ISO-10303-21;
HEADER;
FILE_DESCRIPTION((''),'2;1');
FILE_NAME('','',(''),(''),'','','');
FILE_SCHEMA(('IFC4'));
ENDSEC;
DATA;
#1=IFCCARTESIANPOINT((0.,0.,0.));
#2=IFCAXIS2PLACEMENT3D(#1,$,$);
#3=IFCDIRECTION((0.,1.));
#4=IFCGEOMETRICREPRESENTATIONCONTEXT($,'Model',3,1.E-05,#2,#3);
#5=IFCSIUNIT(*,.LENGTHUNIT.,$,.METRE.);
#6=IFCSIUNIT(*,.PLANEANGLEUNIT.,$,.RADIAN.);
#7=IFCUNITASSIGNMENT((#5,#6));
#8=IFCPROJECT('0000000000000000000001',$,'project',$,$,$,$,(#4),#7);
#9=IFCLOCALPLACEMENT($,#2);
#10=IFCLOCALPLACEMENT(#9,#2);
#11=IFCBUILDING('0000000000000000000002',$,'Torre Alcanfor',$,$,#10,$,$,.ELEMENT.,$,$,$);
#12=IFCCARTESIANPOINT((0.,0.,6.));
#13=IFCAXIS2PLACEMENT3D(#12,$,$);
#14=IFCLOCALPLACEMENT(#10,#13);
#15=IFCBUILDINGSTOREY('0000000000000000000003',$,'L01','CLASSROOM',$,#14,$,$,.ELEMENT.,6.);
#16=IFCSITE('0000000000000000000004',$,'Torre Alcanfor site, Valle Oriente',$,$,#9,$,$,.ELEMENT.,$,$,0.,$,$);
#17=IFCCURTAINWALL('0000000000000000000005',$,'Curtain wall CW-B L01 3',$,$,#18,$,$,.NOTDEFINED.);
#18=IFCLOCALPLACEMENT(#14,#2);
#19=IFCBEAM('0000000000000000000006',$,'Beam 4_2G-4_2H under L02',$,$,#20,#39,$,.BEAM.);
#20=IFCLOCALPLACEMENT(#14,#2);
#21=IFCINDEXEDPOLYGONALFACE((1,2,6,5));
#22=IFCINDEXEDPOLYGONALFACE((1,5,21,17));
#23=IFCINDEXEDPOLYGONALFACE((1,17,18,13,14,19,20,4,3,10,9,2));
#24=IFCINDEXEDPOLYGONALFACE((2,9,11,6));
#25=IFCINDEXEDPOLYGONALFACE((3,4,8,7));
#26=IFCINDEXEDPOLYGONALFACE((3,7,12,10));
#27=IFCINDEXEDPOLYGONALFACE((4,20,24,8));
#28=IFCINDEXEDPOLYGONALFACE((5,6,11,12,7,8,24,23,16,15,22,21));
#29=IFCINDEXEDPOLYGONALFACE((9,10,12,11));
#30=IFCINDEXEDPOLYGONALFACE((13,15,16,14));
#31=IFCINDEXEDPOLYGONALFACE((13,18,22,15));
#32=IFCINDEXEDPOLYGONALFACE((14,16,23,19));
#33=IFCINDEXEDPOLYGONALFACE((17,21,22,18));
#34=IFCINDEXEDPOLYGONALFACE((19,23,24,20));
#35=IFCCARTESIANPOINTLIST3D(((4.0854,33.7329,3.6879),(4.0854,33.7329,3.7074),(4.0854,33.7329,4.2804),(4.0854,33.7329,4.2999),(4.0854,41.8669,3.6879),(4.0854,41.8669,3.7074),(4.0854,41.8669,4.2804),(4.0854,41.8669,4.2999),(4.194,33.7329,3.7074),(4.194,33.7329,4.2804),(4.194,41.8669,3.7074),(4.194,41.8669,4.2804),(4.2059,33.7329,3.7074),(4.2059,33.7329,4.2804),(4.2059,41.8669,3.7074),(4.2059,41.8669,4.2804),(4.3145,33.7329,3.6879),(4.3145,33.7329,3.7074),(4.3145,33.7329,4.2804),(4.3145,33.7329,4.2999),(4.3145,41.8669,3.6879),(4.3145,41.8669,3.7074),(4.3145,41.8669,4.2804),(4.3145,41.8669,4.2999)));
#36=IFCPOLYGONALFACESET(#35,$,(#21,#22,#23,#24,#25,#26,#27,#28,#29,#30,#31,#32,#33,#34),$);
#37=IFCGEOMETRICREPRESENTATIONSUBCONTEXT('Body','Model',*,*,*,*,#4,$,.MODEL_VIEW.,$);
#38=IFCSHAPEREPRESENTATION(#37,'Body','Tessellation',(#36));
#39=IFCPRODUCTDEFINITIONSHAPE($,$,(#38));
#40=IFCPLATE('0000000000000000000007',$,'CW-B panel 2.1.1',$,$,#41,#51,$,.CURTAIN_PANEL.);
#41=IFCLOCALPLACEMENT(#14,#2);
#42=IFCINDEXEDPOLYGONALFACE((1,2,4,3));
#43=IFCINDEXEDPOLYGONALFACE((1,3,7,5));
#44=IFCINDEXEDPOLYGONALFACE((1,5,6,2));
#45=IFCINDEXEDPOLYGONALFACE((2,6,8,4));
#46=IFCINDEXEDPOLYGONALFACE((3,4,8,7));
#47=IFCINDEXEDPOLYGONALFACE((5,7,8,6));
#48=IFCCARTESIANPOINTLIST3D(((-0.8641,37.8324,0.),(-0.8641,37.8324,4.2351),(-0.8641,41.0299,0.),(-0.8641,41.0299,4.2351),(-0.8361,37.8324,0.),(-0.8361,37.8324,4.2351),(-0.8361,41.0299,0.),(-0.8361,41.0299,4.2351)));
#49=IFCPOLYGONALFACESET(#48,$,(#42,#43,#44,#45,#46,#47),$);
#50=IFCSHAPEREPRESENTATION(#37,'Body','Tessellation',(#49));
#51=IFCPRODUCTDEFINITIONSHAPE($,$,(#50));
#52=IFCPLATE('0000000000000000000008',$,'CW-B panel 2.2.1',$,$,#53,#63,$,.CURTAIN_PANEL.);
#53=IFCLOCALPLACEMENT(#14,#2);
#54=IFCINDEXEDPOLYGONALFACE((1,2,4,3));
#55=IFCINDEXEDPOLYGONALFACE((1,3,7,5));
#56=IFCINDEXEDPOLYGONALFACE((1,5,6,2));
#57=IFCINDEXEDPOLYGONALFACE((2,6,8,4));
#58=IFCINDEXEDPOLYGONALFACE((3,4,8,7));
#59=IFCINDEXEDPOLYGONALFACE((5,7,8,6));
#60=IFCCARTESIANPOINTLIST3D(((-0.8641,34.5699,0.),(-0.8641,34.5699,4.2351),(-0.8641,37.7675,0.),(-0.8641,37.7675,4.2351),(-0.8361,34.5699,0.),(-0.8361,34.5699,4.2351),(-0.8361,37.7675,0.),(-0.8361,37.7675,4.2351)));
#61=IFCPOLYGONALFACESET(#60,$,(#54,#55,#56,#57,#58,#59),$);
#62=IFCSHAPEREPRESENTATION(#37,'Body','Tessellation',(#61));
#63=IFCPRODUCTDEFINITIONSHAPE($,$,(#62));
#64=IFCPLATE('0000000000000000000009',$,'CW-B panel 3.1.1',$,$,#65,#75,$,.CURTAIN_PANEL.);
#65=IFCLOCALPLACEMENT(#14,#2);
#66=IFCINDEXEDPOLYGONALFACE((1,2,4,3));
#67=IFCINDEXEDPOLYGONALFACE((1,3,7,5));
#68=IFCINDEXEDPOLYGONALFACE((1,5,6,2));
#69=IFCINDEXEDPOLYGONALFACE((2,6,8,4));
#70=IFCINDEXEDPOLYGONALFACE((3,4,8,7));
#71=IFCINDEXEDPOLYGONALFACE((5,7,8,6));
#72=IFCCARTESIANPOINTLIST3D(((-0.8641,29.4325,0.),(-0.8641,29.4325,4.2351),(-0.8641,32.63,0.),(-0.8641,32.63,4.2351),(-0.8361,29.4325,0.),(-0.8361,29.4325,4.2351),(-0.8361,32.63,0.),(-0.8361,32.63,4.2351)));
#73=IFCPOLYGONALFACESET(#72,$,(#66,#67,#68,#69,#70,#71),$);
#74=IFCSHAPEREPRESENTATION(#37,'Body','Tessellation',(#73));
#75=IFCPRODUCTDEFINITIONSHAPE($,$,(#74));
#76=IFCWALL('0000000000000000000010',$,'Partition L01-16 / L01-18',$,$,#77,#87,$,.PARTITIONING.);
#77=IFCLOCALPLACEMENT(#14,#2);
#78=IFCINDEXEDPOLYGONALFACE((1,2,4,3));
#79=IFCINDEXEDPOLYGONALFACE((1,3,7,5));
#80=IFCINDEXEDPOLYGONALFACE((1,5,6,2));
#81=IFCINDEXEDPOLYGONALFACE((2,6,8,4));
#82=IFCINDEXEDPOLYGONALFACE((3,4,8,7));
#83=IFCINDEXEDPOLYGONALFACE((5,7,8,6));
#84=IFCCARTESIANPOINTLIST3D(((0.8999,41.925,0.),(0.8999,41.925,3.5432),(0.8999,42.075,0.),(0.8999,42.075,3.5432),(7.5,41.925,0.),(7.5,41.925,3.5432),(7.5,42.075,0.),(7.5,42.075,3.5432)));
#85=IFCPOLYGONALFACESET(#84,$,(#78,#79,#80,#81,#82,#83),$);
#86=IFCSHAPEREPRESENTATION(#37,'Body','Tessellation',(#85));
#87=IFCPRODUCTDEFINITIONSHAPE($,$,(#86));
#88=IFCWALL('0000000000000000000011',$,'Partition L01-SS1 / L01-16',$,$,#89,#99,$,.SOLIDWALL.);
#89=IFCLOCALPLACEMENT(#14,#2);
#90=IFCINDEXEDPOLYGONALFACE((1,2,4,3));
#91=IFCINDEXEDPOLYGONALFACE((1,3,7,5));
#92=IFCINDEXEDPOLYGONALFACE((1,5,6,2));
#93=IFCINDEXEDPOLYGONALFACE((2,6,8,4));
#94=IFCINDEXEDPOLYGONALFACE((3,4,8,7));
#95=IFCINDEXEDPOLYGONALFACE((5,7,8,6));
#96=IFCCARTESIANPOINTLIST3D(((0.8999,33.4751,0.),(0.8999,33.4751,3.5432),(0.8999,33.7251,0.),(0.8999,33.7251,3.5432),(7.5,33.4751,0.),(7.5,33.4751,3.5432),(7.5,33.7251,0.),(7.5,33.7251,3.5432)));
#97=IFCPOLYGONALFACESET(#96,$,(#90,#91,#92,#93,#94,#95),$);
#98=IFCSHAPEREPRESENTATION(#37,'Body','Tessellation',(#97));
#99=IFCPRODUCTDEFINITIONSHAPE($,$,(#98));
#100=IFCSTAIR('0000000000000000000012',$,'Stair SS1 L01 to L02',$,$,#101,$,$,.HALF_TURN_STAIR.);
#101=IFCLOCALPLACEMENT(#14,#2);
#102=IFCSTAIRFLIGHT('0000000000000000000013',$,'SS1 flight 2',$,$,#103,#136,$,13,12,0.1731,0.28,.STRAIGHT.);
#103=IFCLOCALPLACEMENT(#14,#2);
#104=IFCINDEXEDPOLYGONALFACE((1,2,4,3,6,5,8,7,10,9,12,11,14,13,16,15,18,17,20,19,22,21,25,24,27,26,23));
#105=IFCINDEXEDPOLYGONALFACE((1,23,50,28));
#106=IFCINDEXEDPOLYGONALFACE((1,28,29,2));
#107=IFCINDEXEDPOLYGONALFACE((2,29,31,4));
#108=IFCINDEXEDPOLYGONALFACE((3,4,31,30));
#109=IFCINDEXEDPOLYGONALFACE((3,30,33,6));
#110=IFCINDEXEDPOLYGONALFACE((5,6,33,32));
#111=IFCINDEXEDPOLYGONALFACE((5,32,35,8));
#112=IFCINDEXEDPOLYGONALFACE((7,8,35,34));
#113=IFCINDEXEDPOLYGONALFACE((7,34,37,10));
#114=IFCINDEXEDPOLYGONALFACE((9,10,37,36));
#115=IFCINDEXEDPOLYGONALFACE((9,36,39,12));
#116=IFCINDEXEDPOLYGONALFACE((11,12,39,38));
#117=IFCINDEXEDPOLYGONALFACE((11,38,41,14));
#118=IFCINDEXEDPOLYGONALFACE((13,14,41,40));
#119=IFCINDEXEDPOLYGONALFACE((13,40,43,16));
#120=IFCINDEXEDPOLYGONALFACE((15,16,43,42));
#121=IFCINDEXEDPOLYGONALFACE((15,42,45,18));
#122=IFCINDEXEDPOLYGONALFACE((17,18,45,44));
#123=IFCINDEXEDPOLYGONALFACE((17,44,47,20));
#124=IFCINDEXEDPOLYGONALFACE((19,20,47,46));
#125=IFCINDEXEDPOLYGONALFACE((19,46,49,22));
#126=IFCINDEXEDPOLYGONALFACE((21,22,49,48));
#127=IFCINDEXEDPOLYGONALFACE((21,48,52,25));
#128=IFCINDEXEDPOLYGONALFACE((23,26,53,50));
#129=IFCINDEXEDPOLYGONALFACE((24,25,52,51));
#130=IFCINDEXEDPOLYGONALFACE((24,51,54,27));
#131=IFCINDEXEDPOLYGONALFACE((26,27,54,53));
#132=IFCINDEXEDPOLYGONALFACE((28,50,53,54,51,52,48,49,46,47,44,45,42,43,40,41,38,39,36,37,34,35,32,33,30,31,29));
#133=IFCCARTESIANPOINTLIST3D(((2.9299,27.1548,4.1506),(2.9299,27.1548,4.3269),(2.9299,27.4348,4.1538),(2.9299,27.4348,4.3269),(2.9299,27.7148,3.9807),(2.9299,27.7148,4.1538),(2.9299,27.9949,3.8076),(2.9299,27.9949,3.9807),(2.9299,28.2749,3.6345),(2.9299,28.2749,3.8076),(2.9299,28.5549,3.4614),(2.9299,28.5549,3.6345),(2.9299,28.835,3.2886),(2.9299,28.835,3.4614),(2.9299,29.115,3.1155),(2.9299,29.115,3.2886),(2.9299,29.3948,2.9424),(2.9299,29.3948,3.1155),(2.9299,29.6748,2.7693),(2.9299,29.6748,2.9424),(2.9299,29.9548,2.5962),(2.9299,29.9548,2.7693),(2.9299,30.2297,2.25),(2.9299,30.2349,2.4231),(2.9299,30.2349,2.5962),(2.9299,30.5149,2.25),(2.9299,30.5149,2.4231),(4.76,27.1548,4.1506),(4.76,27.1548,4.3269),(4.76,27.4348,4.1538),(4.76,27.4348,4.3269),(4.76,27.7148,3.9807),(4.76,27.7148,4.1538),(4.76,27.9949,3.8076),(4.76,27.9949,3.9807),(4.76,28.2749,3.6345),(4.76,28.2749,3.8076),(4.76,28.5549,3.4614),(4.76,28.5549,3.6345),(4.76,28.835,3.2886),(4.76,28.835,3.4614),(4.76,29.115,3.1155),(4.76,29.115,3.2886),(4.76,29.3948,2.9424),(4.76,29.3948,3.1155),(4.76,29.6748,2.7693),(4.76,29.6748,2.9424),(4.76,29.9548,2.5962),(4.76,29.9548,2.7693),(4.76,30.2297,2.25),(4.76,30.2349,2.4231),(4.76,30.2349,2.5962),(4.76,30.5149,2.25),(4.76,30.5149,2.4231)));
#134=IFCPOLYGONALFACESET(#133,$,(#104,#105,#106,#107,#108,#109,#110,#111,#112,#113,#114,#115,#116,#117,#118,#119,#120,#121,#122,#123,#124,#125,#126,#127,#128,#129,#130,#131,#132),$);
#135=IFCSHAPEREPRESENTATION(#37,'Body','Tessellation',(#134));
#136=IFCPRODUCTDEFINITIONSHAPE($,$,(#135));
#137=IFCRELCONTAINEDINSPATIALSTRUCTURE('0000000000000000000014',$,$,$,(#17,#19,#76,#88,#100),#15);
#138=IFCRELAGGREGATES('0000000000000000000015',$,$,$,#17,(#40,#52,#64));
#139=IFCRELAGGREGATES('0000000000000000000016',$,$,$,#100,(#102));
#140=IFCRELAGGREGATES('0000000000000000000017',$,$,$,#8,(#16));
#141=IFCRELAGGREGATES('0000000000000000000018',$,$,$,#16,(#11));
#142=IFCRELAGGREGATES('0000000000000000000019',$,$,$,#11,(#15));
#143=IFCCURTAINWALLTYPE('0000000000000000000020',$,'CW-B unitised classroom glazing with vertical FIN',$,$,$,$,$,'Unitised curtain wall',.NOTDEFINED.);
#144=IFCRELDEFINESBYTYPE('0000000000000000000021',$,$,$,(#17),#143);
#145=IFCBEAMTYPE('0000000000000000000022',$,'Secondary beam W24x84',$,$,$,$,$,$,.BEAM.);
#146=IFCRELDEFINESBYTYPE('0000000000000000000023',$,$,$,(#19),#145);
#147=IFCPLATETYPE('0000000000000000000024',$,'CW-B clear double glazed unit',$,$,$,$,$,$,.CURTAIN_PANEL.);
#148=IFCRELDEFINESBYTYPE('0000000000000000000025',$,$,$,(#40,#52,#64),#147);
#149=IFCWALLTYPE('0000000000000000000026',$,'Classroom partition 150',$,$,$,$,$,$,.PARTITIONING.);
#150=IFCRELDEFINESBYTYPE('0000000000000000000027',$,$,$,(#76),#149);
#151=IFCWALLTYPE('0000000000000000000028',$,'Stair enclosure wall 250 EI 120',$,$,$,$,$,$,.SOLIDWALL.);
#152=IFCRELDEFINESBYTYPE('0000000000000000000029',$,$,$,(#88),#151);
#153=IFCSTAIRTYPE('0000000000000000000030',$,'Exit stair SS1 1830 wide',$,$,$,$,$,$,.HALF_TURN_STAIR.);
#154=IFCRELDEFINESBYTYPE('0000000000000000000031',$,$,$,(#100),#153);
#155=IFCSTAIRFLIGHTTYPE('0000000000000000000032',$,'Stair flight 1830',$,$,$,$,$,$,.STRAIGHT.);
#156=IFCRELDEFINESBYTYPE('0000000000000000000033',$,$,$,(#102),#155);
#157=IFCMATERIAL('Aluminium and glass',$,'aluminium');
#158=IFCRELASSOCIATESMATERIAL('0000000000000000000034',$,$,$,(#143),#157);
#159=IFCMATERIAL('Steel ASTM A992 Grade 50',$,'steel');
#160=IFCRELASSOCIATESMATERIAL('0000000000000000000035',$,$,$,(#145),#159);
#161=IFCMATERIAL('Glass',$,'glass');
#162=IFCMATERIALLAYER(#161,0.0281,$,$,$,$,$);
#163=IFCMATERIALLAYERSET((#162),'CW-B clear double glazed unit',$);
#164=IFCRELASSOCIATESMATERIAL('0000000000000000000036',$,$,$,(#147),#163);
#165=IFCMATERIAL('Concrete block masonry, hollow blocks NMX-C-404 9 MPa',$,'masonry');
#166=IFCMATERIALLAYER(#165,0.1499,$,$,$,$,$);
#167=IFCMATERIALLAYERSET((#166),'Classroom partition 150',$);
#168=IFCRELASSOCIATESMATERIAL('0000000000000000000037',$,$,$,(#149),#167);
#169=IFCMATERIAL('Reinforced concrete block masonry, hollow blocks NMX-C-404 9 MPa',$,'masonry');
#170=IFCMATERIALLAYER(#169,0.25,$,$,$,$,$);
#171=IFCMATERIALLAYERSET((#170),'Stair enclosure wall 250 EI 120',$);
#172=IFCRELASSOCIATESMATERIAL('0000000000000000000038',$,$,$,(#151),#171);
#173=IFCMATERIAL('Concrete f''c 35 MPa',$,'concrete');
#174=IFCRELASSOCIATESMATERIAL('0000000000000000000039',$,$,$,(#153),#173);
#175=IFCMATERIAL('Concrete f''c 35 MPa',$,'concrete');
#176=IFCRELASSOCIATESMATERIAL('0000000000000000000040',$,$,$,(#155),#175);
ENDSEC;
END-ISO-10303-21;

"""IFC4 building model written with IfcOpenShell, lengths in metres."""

from ifc_helpers import new_model, si_unit, direction, frame, frame_2d, origin, origin_2d, place, context, subcontext, project, spatial, polyline, rectangle, i_section, outline, extrude, material, layer, layer_set, material_profile, profile_set, type_object, element, aggregate, save


model = new_model("IFC4")

# Units and contexts
model_context = context("Model", 3, precision=1e-05, world=origin(), true_north=direction((0.0, 1.0)))
body_context = subcontext(model_context, "Body", "Model", "MODEL_VIEW")
ifc_project = project(units=[si_unit("LENGTHUNIT", "METRE"), si_unit("PLANEANGLEUNIT", "RADIAN")], contexts=[model_context])

# Site, building, storey
site_placement = place(None, origin())
site = spatial("IfcSite", under=ifc_project, at=site_placement, Name="Torre Alcanfor site, Valle Oriente", CompositionType="ELEMENT", RefElevation=0.0)
building_placement = place(site_placement, origin())
building = spatial("IfcBuilding", under=site, at=building_placement, Name="Torre Alcanfor", CompositionType="ELEMENT")
storey_placement = place(building_placement, frame((0.0, 0.0, 6.0)))
storey = spatial("IfcBuildingStorey", under=building, at=storey_placement, Name="L01", Description="CLASSROOM", CompositionType="ELEMENT", Elevation=6.0)

# Curtain wall
ifc_material_1 = material(Name="Aluminium and glass", Category="aluminium")
curtain_wall_type = type_object("IfcCurtainWallType", Name="CW-B unitised classroom glazing with vertical FIN", ElementType="Unitised curtain wall", PredefinedType="NOTDEFINED", material=ifc_material_1)
curtain_wall_placement = place(storey_placement, origin())
curtain_wall = element("IfcCurtainWall", 1, at=curtain_wall_placement, inside=storey, type_object=curtain_wall_type, Name="Curtain wall CW-B L01 3", PredefinedType="NOTDEFINED")

# Beam
ifc_material_2 = material(Name="Steel ASTM A992 Grade 50", Category="steel")
ifc_material_profile_1 = material_profile(ifc_material_2, i_section(OverallWidth=0.229, OverallDepth=0.6121, WebThickness=0.012, FlangeThickness=0.0195, at=origin_2d()), Name="W24x84")
ifc_profile_set_1 = profile_set([ifc_material_profile_1], Name="Steel ASTM A992 Grade 50")
beam_type_1 = type_object("IfcBeamType", Name="Secondary beam W24x84", PredefinedType="BEAM", material=ifc_profile_set_1)
beam_placement = place(storey_placement, frame((4.2, 33.7329, 3.9939), z_axis=(0.0, 1.0, 0.0), x_axis=(-1.0, 0.0, 0.0)))
element("IfcBeam", 2, at=beam_placement, inside=storey, type_object=beam_type_1, Name="Beam 4_2G-4_2H under L02", PredefinedType="BEAM", context=body_context, shape_type="SweptSolid", body=[
    extrude(i_section(OverallWidth=0.229, OverallDepth=0.6121, WebThickness=0.012, FlangeThickness=0.0195, at=origin_2d()), origin(), (0.0, 0.0, 1.0), 8.134),
])

# Plates
ifc_material_3 = material(Name="Glass", Category="glass")
ifc_layer_1 = layer(ifc_material_3, 0.0281)
ifc_layer_set_1 = layer_set([ifc_layer_1], Name="CW-B clear double glazed unit")
plate_type = type_object("IfcPlateType", Name="CW-B clear double glazed unit", PredefinedType="CURTAIN_PANEL", material=ifc_layer_set_1)
plate_1_placement = place(storey_placement, frame((-0.8501, 39.4312, 0.0), z_axis=(0.0, 0.0, 1.0), x_axis=(0.0, -1.0, 0.0)))
plate_1 = element("IfcPlate", 3, at=plate_1_placement, type_object=plate_type, Name="CW-B panel 2.1.1", PredefinedType="CURTAIN_PANEL", context=body_context, shape_type="SweptSolid", body=[
    extrude(rectangle(XDim=3.1975, YDim=0.0281, at=origin_2d()), origin(), (0.0, 0.0, 1.0), 4.2351),
])
plate_2_placement = place(storey_placement, frame((-0.8501, 36.1687, 0.0), z_axis=(0.0, 0.0, 1.0), x_axis=(0.0, -1.0, 0.0)))
plate_2 = element("IfcPlate", 4, at=plate_2_placement, type_object=plate_type, Name="CW-B panel 2.2.1", PredefinedType="CURTAIN_PANEL", context=body_context, shape_type="SweptSolid", body=[
    extrude(rectangle(XDim=3.1975, YDim=0.0281, at=origin_2d()), origin(), (0.0, 0.0, 1.0), 4.2351),
])
plate_3_placement = place(storey_placement, frame((-0.8501, 31.0312, 0.0), z_axis=(0.0, 0.0, 1.0), x_axis=(0.0, -1.0, 0.0)))
plate_3 = element("IfcPlate", 5, at=plate_3_placement, type_object=plate_type, Name="CW-B panel 3.1.1", PredefinedType="CURTAIN_PANEL", context=body_context, shape_type="SweptSolid", body=[
    extrude(rectangle(XDim=3.1975, YDim=0.0281, at=origin_2d()), origin(), (0.0, 0.0, 1.0), 4.2351),
])
aggregate(curtain_wall, [plate_1, plate_2, plate_3])

# Walls
ifc_material_4 = material(Name="Concrete block masonry, hollow blocks NMX-C-404 9 MPa", Category="masonry")
ifc_layer_2 = layer(ifc_material_4, 0.1499)
ifc_layer_set_2 = layer_set([ifc_layer_2], Name="Classroom partition 150")
wall_type_1 = type_object("IfcWallType", Name="Classroom partition 150", PredefinedType="PARTITIONING", material=ifc_layer_set_2)
wall_1_placement = place(storey_placement, frame((0.8999, 42.0, 0.0), z_axis=(0.0, 0.0, 1.0), x_axis=(1.0, 0.0, 0.0)))
element("IfcWall", 6, at=wall_1_placement, inside=storey, type_object=wall_type_1, Name="Partition L01-16 / L01-18", PredefinedType="PARTITIONING", context=body_context, shape_type="SweptSolid", body=[
    extrude(rectangle(XDim=6.6001, YDim=0.1499, at=frame_2d((3.3, 0.0))), origin(), (0.0, 0.0, 1.0), 3.5432),
])
ifc_material_5 = material(Name="Reinforced concrete block masonry, hollow blocks NMX-C-404 9 MPa", Category="masonry")
ifc_layer_3 = layer(ifc_material_5, 0.25)
ifc_layer_set_3 = layer_set([ifc_layer_3], Name="Stair enclosure wall 250 EI 120")
wall_type_2 = type_object("IfcWallType", Name="Stair enclosure wall 250 EI 120", PredefinedType="SOLIDWALL", material=ifc_layer_set_3)
wall_2_placement = place(storey_placement, frame((0.8999, 33.6001, 0.0), z_axis=(0.0, 0.0, 1.0), x_axis=(1.0, 0.0, 0.0)))
element("IfcWall", 7, at=wall_2_placement, inside=storey, type_object=wall_type_2, Name="Partition L01-SS1 / L01-16", PredefinedType="SOLIDWALL", context=body_context, shape_type="SweptSolid", body=[
    extrude(rectangle(XDim=6.6001, YDim=0.25, at=frame_2d((3.3, 0.0))), origin(), (0.0, 0.0, 1.0), 3.5432),
])

# Stair, stair flight
ifc_material_6 = material(Name="Concrete f'c 35 MPa", Category="concrete")
stair_type = type_object("IfcStairType", Name="Exit stair SS1 1830 wide", PredefinedType="HALF_TURN_STAIR", material=ifc_material_6)
stair_placement = place(storey_placement, origin())
stair = element("IfcStair", 8, at=stair_placement, inside=storey, type_object=stair_type, Name="Stair SS1 L01 to L02", PredefinedType="HALF_TURN_STAIR")
ifc_material_7 = material(Name="Concrete f'c 35 MPa", Category="concrete")
stair_flight_type = type_object("IfcStairFlightType", Name="Stair flight 1830", PredefinedType="STRAIGHT", material=ifc_material_7)
stair_flight_placement = place(storey_placement, frame((3.845, 30.5149, 2.25), z_axis=(0.0, 0.0, 1.0), x_axis=(0.0, -1.0, 0.0)))
stair_flight = element("IfcStairFlight", 9, at=stair_flight_placement, type_object=stair_flight_type, Name="SS1 flight 2", NumberOfRisers=13, NumberOfTreads=12, PredefinedType="STRAIGHT", RiserHeight=0.1731, TreadLength=0.28, context=body_context, shape_type="SweptSolid", body=[
    extrude(outline(polyline([(0.0, 0.0), (0.0, 0.1731), (0.28, 0.1731), (0.28, 0.3462), (0.5601, 0.3462), (0.5601, 0.5193), (0.8401, 0.5193), (0.8401, 0.6924), (1.1201, 0.6924), (1.1201, 0.8655), (1.3999, 0.8655), (1.3999, 1.0386), (1.6799, 1.0386), (1.6799, 1.2114), (1.96, 1.2114), (1.96, 1.3845), (2.24, 1.3845), (2.24, 1.5576), (2.52, 1.5576), (2.52, 1.7307), (2.8, 1.7307), (2.8, 1.9038), (3.0801, 1.9038), (3.0801, 2.0769), (3.3601, 2.0769), (3.3601, 2.25), (3.3601, 1.9006), (0.2852, 0.0), (0.0, 0.0)])), frame((0.0, 0.915, 0.0), z_axis=(0.0, -1.0, 0.0), x_axis=(1.0, 0.0, 0.0)), (0.0, 0.0, 1.0), 1.8301),
])
aggregate(stair, [stair_flight])

save(model, "model.ifc")
